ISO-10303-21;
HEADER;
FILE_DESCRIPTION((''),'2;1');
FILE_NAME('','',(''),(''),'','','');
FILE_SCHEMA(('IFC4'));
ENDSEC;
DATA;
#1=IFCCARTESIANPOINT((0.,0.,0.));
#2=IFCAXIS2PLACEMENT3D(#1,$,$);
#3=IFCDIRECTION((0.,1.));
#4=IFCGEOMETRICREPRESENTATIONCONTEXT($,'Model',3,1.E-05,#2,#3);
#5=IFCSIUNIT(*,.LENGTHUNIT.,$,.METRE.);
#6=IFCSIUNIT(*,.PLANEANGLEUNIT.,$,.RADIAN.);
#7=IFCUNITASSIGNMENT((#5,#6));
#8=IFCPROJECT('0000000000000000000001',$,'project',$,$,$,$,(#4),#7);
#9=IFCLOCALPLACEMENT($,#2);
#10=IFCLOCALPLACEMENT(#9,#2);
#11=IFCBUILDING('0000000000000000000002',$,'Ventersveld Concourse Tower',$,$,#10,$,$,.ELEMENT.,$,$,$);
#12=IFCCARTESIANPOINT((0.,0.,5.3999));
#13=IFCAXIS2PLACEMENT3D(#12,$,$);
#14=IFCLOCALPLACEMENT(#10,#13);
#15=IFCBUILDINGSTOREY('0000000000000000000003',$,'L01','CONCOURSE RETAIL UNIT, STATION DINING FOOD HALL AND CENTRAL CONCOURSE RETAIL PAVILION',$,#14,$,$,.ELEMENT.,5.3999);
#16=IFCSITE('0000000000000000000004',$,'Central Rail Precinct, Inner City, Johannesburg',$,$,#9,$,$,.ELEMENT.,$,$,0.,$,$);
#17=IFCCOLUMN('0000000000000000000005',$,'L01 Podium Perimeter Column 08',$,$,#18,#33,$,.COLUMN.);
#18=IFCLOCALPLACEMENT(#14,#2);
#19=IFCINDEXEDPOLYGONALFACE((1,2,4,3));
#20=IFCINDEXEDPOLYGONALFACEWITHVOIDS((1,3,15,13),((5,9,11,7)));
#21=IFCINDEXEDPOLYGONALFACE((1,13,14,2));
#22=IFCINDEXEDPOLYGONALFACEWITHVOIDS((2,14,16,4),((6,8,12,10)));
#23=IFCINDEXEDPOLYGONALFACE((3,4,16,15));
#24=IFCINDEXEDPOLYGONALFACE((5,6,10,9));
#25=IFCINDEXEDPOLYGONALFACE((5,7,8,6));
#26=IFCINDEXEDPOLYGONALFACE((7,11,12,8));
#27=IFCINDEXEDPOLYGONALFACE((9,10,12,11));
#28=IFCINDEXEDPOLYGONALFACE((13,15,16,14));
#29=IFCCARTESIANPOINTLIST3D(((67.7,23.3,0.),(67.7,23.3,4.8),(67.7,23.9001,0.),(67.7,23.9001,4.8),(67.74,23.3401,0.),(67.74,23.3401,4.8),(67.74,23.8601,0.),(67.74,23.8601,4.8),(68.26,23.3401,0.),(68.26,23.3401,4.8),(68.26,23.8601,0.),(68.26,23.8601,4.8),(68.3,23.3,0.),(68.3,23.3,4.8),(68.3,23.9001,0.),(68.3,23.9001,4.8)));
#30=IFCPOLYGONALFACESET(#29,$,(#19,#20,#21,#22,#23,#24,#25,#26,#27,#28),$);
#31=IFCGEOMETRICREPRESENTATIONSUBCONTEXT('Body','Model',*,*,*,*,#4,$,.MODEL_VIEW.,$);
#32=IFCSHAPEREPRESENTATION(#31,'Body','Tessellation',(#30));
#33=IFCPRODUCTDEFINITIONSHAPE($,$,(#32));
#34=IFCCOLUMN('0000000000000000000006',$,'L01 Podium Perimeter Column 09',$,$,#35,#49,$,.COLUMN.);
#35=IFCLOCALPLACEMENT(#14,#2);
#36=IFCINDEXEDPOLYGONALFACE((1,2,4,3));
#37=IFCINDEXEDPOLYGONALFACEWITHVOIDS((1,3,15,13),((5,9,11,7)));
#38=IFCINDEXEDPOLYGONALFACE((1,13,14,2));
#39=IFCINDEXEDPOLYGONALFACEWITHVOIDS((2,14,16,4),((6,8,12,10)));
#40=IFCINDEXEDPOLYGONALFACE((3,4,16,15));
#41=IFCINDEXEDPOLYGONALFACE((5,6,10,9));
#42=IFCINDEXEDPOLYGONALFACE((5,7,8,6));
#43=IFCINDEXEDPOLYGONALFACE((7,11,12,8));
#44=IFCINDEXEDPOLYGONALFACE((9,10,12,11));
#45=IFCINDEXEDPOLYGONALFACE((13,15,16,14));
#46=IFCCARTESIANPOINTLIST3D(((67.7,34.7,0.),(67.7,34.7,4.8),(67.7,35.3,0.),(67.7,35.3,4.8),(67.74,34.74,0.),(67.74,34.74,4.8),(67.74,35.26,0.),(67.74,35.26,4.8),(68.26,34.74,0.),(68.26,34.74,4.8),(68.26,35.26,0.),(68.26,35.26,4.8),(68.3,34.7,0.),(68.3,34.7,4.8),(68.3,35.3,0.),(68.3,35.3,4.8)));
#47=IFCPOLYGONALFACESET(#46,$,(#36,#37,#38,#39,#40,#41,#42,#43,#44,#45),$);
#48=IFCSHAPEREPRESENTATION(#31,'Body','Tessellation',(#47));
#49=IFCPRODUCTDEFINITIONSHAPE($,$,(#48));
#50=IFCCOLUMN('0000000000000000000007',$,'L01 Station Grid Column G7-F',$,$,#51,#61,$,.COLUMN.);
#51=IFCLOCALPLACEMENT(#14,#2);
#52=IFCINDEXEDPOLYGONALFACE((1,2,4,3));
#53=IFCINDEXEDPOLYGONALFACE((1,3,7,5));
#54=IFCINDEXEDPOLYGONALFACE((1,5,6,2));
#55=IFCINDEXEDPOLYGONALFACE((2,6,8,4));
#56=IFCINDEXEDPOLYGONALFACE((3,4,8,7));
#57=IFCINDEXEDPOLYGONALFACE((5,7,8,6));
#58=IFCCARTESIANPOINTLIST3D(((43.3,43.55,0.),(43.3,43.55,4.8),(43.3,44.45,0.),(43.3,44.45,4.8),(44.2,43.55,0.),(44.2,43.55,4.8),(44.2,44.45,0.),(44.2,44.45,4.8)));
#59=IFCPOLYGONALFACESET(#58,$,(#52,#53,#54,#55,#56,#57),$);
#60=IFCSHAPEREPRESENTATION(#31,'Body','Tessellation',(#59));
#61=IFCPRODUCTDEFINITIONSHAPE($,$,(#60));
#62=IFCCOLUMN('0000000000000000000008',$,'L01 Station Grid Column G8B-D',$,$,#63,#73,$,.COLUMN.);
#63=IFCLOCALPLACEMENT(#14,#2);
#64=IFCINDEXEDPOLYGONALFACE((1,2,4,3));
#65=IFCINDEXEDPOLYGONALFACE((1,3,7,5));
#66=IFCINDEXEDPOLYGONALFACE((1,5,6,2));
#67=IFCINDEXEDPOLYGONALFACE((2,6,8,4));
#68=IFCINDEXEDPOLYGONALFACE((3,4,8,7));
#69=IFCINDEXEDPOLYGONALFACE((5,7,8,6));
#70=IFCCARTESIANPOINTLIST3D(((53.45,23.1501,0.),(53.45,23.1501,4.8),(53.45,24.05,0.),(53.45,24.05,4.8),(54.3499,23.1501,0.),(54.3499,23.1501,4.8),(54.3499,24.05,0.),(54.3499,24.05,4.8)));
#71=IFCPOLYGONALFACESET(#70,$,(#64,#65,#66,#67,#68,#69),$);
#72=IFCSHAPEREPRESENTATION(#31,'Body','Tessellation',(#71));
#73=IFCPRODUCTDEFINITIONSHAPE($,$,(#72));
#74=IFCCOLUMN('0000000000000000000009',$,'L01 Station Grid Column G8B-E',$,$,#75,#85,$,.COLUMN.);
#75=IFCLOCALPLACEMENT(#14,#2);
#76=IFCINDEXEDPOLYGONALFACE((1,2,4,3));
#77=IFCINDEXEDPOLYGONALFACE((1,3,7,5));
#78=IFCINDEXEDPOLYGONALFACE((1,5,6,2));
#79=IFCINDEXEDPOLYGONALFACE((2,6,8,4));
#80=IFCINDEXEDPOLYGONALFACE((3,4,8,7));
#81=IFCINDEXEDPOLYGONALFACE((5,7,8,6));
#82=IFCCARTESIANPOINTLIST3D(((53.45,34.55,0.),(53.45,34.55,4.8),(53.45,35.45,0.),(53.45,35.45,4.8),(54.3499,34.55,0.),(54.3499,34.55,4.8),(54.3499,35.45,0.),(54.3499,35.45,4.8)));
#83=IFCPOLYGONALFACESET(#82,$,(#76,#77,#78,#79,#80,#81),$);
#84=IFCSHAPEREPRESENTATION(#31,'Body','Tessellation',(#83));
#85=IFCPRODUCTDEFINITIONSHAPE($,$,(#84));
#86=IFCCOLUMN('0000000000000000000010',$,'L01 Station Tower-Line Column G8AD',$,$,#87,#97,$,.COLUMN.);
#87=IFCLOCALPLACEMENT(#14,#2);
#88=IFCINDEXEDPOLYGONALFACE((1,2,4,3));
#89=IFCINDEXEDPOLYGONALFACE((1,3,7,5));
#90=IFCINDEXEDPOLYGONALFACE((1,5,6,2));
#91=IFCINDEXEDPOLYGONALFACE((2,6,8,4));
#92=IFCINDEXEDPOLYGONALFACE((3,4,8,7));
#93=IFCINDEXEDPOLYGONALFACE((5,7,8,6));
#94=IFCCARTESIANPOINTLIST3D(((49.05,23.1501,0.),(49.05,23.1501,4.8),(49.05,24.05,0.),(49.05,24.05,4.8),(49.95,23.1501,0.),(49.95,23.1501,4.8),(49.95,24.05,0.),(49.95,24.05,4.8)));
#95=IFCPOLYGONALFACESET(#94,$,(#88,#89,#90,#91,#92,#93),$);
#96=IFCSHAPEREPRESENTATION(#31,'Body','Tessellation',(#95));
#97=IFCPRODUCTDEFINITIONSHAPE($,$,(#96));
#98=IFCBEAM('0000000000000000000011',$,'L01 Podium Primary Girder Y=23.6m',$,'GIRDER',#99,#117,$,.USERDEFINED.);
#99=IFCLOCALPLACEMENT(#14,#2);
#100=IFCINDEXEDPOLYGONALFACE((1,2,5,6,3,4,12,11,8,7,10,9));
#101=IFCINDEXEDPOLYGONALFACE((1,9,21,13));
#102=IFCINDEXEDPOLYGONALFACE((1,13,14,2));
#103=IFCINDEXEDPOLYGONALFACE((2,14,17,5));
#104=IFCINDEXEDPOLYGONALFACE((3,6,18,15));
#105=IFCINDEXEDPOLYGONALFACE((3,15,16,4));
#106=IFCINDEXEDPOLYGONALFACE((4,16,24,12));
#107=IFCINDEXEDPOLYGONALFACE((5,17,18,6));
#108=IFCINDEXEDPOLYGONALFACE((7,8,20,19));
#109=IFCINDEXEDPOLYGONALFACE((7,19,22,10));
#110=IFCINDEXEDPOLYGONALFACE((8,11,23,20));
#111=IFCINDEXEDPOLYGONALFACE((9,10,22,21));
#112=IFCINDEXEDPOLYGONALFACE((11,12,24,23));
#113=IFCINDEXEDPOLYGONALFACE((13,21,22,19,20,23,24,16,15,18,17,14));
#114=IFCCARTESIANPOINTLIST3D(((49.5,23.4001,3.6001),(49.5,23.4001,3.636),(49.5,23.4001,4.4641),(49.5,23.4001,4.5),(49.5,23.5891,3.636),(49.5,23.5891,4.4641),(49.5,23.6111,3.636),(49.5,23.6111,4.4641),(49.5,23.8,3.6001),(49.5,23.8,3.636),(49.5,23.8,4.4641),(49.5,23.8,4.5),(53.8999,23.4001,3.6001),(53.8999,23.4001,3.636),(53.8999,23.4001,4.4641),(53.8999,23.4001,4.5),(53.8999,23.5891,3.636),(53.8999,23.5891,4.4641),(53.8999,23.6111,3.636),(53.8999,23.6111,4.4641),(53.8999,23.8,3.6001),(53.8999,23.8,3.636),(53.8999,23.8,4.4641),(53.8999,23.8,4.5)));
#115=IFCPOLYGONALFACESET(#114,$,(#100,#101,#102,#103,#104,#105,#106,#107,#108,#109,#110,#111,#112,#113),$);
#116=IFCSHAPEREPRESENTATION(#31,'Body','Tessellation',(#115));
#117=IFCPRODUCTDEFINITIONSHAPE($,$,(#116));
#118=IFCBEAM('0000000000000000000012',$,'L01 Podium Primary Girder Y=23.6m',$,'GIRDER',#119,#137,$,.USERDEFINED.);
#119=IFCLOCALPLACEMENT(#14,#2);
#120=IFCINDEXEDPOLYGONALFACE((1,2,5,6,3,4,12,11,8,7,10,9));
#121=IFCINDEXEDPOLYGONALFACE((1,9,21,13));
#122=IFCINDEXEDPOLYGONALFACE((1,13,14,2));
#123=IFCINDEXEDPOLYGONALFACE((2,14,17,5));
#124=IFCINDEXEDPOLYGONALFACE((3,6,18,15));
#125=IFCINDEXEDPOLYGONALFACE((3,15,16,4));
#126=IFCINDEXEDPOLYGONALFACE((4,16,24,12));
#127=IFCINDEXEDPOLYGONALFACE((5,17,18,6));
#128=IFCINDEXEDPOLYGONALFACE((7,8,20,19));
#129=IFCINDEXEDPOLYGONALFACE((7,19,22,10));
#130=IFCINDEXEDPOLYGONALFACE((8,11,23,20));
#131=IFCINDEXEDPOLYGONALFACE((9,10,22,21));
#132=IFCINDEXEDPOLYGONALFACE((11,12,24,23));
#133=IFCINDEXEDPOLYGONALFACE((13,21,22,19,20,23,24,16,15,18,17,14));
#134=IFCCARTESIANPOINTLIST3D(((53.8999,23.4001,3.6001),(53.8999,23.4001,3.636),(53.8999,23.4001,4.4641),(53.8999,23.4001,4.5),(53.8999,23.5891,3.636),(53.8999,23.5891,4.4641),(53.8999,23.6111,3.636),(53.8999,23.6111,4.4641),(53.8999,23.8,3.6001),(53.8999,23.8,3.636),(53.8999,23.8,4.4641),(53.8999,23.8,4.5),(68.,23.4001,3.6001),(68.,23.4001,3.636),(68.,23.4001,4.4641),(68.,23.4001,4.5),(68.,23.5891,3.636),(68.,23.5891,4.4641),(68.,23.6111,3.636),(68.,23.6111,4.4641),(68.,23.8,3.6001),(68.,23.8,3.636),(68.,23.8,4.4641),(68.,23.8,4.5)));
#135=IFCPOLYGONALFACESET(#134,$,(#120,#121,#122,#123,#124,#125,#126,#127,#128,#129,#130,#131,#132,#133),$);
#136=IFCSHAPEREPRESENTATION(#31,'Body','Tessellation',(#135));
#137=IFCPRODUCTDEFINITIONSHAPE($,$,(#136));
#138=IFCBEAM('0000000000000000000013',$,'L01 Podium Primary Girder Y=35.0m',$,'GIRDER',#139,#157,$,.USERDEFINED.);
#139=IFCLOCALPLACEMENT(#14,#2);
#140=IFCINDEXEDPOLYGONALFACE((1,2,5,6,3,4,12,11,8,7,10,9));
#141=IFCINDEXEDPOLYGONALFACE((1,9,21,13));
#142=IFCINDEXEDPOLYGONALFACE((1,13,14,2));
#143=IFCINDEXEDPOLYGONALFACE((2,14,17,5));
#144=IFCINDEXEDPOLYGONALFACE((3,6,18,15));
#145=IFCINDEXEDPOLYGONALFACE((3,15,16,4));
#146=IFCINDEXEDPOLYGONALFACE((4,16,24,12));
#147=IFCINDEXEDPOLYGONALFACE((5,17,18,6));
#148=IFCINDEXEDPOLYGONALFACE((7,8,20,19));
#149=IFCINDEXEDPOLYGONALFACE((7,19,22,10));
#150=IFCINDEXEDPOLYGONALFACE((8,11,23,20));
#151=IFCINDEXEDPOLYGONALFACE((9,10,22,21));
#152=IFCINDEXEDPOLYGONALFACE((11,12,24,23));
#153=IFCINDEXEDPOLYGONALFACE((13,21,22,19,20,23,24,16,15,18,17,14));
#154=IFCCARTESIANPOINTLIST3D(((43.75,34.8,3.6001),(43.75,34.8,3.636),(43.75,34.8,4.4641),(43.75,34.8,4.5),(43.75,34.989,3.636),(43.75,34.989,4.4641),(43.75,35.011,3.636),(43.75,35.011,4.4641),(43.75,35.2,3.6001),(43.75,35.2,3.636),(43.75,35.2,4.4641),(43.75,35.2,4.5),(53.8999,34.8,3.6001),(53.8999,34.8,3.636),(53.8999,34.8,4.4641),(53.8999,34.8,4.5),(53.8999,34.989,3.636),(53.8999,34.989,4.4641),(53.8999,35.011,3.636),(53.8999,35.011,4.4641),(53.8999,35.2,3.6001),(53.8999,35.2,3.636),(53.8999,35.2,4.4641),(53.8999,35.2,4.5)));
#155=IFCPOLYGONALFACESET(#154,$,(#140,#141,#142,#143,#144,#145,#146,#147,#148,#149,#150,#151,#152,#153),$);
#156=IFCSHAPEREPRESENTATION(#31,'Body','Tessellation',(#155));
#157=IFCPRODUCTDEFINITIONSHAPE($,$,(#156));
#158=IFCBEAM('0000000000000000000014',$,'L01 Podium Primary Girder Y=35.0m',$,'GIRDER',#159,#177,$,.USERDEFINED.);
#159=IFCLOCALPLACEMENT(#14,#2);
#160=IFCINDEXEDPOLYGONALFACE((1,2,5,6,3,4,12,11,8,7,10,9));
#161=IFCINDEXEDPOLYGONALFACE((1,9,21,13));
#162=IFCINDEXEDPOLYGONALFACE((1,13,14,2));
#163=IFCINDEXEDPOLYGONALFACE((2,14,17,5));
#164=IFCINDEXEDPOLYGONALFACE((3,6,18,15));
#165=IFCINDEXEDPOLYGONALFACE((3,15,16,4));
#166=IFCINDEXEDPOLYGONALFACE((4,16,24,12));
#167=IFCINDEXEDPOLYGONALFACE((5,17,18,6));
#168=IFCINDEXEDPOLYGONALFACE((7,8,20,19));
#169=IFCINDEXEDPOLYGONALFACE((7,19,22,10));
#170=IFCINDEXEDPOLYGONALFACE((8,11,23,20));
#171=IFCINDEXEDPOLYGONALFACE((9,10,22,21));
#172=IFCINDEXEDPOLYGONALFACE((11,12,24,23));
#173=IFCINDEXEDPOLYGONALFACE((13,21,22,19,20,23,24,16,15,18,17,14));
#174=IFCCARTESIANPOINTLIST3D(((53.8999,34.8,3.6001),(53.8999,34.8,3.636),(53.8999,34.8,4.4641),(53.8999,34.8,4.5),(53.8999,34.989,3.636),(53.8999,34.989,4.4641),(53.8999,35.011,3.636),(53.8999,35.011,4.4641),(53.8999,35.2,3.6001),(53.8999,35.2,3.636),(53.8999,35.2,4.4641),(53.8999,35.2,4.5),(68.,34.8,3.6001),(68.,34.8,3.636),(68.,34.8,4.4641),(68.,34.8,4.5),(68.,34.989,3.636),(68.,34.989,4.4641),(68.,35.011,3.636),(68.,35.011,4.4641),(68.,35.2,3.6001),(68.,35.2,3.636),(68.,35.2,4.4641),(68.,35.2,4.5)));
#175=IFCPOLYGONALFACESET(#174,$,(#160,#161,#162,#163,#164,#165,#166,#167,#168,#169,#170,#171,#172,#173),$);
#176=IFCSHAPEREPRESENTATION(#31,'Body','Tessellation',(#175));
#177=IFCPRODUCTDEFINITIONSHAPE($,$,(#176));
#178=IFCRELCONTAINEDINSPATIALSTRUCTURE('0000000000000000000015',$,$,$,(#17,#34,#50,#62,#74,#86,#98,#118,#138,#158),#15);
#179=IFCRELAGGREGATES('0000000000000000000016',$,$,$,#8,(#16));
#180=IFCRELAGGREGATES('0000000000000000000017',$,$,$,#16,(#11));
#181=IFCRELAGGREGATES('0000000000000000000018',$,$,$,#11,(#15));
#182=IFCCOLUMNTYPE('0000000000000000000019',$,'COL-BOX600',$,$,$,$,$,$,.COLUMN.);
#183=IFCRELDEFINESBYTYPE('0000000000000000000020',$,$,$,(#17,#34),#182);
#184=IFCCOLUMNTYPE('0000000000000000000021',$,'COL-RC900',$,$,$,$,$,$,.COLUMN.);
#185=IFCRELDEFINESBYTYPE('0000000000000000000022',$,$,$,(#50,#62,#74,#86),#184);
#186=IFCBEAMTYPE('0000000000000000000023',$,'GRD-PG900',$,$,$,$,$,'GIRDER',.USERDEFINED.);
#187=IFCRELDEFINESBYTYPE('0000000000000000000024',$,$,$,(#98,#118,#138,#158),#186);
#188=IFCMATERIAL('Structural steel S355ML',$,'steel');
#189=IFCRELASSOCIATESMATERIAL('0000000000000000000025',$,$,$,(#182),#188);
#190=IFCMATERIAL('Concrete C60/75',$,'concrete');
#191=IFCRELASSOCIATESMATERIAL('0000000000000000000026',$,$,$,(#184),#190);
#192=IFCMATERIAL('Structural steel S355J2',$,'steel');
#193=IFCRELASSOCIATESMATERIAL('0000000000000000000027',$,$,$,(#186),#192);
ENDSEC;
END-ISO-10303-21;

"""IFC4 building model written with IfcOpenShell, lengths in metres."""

from ifc_helpers import new_model, si_unit, direction, frame, origin, origin_2d, place, context, subcontext, project, spatial, rectangle, hollow_rectangle, i_section, extrude, material, material_profile, profile_set, type_object, element, save


model = new_model("IFC4")

# Units and contexts
model_context = context("Model", 3, precision=1e-05, world=origin(), true_north=direction((0.0, 1.0)))
body_context = subcontext(model_context, "Body", "Model", "MODEL_VIEW")
ifc_project = project(units=[si_unit("LENGTHUNIT", "METRE"), si_unit("PLANEANGLEUNIT", "RADIAN")], contexts=[model_context])

# Site, building, storey
site_placement = place(None, origin())
site = spatial("IfcSite", under=ifc_project, at=site_placement, Name="Central Rail Precinct, Inner City, Johannesburg", CompositionType="ELEMENT", RefElevation=0.0)
building_placement = place(site_placement, origin())
building = spatial("IfcBuilding", under=site, at=building_placement, Name="Ventersveld Concourse Tower", CompositionType="ELEMENT")
storey_placement = place(building_placement, frame((0.0, 0.0, 5.3999)))
storey = spatial("IfcBuildingStorey", under=building, at=storey_placement, Name="L01", Description="CONCOURSE RETAIL UNIT, STATION DINING FOOD HALL AND CENTRAL CONCOURSE RETAIL PAVILION", CompositionType="ELEMENT", Elevation=5.3999)

# Columns
ifc_material_1 = material(Name="Structural steel S355ML", Category="steel")
ifc_material_profile_1 = material_profile(ifc_material_1, hollow_rectangle(XDim=0.6001, YDim=0.6001, WallThickness=0.04, at=origin_2d()), Name="BOX 600x600x40")
ifc_profile_set_1 = profile_set([ifc_material_profile_1], Name="Structural steel S355ML")
column_type_1 = type_object("IfcColumnType", Name="COL-BOX600", PredefinedType="COLUMN", material=ifc_profile_set_1)
for number, where, z_axis, x_axis, name in (
    (1, (68.0, 23.6001, 0.0), (0.0, 0.0, 1.0), (1.0, 0.0, 0.0), "L01 Podium Perimeter Column 08"),
    (2, (68.0, 35.0, 0.0), (0.0, 0.0, 1.0), (1.0, 0.0, 0.0), "L01 Podium Perimeter Column 09"),
):
    element("IfcColumn", number, at=place(storey_placement, frame(where, z_axis=z_axis, x_axis=x_axis)), inside=storey, type_object=column_type_1, Name=name, PredefinedType="COLUMN", context=body_context, shape_type="SweptSolid", body=[
        extrude(hollow_rectangle(XDim=0.6001, YDim=0.6001, WallThickness=0.04, at=origin_2d()), origin(), (0.0, 0.0, 1.0), 4.8),
    ])
ifc_material_2 = material(Name="Concrete C60/75", Category="concrete")
ifc_material_profile_2 = material_profile(ifc_material_2, rectangle(XDim=0.8999, YDim=0.8999, at=origin_2d()), Name="RC 900x900")
ifc_profile_set_2 = profile_set([ifc_material_profile_2], Name="Concrete C60/75")
column_type_2 = type_object("IfcColumnType", Name="COL-RC900", PredefinedType="COLUMN", material=ifc_profile_set_2)
for number, where, z_axis, x_axis, name in (
    (3, (43.75, 44.0, 0.0), (0.0, 0.0, 1.0), (1.0, 0.0, 0.0), "L01 Station Grid Column G7-F"),
    (4, (53.8999, 23.6001, 0.0), (0.0, 0.0, 1.0), (1.0, 0.0, 0.0), "L01 Station Grid Column G8B-D"),
    (5, (53.8999, 35.0, 0.0), (0.0, 0.0, 1.0), (1.0, 0.0, 0.0), "L01 Station Grid Column G8B-E"),
    (6, (49.5, 23.6001, 0.0), (0.0, 0.0, 1.0), (1.0, 0.0, 0.0), "L01 Station Tower-Line Column G8AD"),
):
    element("IfcColumn", number, at=place(storey_placement, frame(where, z_axis=z_axis, x_axis=x_axis)), inside=storey, type_object=column_type_2, Name=name, PredefinedType="COLUMN", context=body_context, shape_type="SweptSolid", body=[
        extrude(rectangle(XDim=0.8999, YDim=0.8999, at=origin_2d()), origin(), (0.0, 0.0, 1.0), 4.8),
    ])

# Beams
ifc_material_3 = material(Name="Structural steel S355J2", Category="steel")
ifc_material_profile_3 = material_profile(ifc_material_3, i_section(OverallWidth=0.3999, OverallDepth=0.8999, WebThickness=0.022, FlangeThickness=0.0359, at=origin_2d()), Name="PG 900x400x36")
ifc_profile_set_3 = profile_set([ifc_material_profile_3], Name="Structural steel S355J2")
beam_type_1 = type_object("IfcBeamType", Name="GRD-PG900", ElementType="GIRDER", PredefinedType="USERDEFINED", material=ifc_profile_set_3)
beam_1_placement = place(storey_placement, frame((49.5, 23.6001, 4.05), z_axis=(1.0, 0.0, 0.0), x_axis=(0.0, 1.0, 0.0)))
element("IfcBeam", 7, at=beam_1_placement, inside=storey, type_object=beam_type_1, Name="L01 Podium Primary Girder Y=23.6m", ObjectType="GIRDER", PredefinedType="USERDEFINED", context=body_context, shape_type="SweptSolid", body=[
    extrude(i_section(OverallWidth=0.3999, OverallDepth=0.8999, WebThickness=0.022, FlangeThickness=0.0359, at=origin_2d()), origin(), (0.0, 0.0, 1.0), 4.3999),
])
beam_2_placement = place(storey_placement, frame((53.8999, 23.6001, 4.05), z_axis=(1.0, 0.0, 0.0), x_axis=(0.0, 1.0, 0.0)))
element("IfcBeam", 8, at=beam_2_placement, inside=storey, type_object=beam_type_1, Name="L01 Podium Primary Girder Y=23.6m", ObjectType="GIRDER", PredefinedType="USERDEFINED", context=body_context, shape_type="SweptSolid", body=[
    extrude(i_section(OverallWidth=0.3999, OverallDepth=0.8999, WebThickness=0.022, FlangeThickness=0.0359, at=origin_2d()), origin(), (0.0, 0.0, 1.0), 14.1001),
])
beam_3_placement = place(storey_placement, frame((43.75, 35.0, 4.05), z_axis=(1.0, 0.0, 0.0), x_axis=(0.0, 1.0, 0.0)))
element("IfcBeam", 9, at=beam_3_placement, inside=storey, type_object=beam_type_1, Name="L01 Podium Primary Girder Y=35.0m", ObjectType="GIRDER", PredefinedType="USERDEFINED", context=body_context, shape_type="SweptSolid", body=[
    extrude(i_section(OverallWidth=0.3999, OverallDepth=0.8999, WebThickness=0.022, FlangeThickness=0.0359, at=origin_2d()), origin(), (0.0, 0.0, 1.0), 10.1499),
])
beam_4_placement = place(storey_placement, frame((53.8999, 35.0, 4.05), z_axis=(1.0, 0.0, 0.0), x_axis=(0.0, 1.0, 0.0)))
element("IfcBeam", 10, at=beam_4_placement, inside=storey, type_object=beam_type_1, Name="L01 Podium Primary Girder Y=35.0m", ObjectType="GIRDER", PredefinedType="USERDEFINED", context=body_context, shape_type="SweptSolid", body=[
    extrude(i_section(OverallWidth=0.3999, OverallDepth=0.8999, WebThickness=0.022, FlangeThickness=0.0359, at=origin_2d()), origin(), (0.0, 0.0, 1.0), 14.1001),
])

save(model, "model.ifc")
